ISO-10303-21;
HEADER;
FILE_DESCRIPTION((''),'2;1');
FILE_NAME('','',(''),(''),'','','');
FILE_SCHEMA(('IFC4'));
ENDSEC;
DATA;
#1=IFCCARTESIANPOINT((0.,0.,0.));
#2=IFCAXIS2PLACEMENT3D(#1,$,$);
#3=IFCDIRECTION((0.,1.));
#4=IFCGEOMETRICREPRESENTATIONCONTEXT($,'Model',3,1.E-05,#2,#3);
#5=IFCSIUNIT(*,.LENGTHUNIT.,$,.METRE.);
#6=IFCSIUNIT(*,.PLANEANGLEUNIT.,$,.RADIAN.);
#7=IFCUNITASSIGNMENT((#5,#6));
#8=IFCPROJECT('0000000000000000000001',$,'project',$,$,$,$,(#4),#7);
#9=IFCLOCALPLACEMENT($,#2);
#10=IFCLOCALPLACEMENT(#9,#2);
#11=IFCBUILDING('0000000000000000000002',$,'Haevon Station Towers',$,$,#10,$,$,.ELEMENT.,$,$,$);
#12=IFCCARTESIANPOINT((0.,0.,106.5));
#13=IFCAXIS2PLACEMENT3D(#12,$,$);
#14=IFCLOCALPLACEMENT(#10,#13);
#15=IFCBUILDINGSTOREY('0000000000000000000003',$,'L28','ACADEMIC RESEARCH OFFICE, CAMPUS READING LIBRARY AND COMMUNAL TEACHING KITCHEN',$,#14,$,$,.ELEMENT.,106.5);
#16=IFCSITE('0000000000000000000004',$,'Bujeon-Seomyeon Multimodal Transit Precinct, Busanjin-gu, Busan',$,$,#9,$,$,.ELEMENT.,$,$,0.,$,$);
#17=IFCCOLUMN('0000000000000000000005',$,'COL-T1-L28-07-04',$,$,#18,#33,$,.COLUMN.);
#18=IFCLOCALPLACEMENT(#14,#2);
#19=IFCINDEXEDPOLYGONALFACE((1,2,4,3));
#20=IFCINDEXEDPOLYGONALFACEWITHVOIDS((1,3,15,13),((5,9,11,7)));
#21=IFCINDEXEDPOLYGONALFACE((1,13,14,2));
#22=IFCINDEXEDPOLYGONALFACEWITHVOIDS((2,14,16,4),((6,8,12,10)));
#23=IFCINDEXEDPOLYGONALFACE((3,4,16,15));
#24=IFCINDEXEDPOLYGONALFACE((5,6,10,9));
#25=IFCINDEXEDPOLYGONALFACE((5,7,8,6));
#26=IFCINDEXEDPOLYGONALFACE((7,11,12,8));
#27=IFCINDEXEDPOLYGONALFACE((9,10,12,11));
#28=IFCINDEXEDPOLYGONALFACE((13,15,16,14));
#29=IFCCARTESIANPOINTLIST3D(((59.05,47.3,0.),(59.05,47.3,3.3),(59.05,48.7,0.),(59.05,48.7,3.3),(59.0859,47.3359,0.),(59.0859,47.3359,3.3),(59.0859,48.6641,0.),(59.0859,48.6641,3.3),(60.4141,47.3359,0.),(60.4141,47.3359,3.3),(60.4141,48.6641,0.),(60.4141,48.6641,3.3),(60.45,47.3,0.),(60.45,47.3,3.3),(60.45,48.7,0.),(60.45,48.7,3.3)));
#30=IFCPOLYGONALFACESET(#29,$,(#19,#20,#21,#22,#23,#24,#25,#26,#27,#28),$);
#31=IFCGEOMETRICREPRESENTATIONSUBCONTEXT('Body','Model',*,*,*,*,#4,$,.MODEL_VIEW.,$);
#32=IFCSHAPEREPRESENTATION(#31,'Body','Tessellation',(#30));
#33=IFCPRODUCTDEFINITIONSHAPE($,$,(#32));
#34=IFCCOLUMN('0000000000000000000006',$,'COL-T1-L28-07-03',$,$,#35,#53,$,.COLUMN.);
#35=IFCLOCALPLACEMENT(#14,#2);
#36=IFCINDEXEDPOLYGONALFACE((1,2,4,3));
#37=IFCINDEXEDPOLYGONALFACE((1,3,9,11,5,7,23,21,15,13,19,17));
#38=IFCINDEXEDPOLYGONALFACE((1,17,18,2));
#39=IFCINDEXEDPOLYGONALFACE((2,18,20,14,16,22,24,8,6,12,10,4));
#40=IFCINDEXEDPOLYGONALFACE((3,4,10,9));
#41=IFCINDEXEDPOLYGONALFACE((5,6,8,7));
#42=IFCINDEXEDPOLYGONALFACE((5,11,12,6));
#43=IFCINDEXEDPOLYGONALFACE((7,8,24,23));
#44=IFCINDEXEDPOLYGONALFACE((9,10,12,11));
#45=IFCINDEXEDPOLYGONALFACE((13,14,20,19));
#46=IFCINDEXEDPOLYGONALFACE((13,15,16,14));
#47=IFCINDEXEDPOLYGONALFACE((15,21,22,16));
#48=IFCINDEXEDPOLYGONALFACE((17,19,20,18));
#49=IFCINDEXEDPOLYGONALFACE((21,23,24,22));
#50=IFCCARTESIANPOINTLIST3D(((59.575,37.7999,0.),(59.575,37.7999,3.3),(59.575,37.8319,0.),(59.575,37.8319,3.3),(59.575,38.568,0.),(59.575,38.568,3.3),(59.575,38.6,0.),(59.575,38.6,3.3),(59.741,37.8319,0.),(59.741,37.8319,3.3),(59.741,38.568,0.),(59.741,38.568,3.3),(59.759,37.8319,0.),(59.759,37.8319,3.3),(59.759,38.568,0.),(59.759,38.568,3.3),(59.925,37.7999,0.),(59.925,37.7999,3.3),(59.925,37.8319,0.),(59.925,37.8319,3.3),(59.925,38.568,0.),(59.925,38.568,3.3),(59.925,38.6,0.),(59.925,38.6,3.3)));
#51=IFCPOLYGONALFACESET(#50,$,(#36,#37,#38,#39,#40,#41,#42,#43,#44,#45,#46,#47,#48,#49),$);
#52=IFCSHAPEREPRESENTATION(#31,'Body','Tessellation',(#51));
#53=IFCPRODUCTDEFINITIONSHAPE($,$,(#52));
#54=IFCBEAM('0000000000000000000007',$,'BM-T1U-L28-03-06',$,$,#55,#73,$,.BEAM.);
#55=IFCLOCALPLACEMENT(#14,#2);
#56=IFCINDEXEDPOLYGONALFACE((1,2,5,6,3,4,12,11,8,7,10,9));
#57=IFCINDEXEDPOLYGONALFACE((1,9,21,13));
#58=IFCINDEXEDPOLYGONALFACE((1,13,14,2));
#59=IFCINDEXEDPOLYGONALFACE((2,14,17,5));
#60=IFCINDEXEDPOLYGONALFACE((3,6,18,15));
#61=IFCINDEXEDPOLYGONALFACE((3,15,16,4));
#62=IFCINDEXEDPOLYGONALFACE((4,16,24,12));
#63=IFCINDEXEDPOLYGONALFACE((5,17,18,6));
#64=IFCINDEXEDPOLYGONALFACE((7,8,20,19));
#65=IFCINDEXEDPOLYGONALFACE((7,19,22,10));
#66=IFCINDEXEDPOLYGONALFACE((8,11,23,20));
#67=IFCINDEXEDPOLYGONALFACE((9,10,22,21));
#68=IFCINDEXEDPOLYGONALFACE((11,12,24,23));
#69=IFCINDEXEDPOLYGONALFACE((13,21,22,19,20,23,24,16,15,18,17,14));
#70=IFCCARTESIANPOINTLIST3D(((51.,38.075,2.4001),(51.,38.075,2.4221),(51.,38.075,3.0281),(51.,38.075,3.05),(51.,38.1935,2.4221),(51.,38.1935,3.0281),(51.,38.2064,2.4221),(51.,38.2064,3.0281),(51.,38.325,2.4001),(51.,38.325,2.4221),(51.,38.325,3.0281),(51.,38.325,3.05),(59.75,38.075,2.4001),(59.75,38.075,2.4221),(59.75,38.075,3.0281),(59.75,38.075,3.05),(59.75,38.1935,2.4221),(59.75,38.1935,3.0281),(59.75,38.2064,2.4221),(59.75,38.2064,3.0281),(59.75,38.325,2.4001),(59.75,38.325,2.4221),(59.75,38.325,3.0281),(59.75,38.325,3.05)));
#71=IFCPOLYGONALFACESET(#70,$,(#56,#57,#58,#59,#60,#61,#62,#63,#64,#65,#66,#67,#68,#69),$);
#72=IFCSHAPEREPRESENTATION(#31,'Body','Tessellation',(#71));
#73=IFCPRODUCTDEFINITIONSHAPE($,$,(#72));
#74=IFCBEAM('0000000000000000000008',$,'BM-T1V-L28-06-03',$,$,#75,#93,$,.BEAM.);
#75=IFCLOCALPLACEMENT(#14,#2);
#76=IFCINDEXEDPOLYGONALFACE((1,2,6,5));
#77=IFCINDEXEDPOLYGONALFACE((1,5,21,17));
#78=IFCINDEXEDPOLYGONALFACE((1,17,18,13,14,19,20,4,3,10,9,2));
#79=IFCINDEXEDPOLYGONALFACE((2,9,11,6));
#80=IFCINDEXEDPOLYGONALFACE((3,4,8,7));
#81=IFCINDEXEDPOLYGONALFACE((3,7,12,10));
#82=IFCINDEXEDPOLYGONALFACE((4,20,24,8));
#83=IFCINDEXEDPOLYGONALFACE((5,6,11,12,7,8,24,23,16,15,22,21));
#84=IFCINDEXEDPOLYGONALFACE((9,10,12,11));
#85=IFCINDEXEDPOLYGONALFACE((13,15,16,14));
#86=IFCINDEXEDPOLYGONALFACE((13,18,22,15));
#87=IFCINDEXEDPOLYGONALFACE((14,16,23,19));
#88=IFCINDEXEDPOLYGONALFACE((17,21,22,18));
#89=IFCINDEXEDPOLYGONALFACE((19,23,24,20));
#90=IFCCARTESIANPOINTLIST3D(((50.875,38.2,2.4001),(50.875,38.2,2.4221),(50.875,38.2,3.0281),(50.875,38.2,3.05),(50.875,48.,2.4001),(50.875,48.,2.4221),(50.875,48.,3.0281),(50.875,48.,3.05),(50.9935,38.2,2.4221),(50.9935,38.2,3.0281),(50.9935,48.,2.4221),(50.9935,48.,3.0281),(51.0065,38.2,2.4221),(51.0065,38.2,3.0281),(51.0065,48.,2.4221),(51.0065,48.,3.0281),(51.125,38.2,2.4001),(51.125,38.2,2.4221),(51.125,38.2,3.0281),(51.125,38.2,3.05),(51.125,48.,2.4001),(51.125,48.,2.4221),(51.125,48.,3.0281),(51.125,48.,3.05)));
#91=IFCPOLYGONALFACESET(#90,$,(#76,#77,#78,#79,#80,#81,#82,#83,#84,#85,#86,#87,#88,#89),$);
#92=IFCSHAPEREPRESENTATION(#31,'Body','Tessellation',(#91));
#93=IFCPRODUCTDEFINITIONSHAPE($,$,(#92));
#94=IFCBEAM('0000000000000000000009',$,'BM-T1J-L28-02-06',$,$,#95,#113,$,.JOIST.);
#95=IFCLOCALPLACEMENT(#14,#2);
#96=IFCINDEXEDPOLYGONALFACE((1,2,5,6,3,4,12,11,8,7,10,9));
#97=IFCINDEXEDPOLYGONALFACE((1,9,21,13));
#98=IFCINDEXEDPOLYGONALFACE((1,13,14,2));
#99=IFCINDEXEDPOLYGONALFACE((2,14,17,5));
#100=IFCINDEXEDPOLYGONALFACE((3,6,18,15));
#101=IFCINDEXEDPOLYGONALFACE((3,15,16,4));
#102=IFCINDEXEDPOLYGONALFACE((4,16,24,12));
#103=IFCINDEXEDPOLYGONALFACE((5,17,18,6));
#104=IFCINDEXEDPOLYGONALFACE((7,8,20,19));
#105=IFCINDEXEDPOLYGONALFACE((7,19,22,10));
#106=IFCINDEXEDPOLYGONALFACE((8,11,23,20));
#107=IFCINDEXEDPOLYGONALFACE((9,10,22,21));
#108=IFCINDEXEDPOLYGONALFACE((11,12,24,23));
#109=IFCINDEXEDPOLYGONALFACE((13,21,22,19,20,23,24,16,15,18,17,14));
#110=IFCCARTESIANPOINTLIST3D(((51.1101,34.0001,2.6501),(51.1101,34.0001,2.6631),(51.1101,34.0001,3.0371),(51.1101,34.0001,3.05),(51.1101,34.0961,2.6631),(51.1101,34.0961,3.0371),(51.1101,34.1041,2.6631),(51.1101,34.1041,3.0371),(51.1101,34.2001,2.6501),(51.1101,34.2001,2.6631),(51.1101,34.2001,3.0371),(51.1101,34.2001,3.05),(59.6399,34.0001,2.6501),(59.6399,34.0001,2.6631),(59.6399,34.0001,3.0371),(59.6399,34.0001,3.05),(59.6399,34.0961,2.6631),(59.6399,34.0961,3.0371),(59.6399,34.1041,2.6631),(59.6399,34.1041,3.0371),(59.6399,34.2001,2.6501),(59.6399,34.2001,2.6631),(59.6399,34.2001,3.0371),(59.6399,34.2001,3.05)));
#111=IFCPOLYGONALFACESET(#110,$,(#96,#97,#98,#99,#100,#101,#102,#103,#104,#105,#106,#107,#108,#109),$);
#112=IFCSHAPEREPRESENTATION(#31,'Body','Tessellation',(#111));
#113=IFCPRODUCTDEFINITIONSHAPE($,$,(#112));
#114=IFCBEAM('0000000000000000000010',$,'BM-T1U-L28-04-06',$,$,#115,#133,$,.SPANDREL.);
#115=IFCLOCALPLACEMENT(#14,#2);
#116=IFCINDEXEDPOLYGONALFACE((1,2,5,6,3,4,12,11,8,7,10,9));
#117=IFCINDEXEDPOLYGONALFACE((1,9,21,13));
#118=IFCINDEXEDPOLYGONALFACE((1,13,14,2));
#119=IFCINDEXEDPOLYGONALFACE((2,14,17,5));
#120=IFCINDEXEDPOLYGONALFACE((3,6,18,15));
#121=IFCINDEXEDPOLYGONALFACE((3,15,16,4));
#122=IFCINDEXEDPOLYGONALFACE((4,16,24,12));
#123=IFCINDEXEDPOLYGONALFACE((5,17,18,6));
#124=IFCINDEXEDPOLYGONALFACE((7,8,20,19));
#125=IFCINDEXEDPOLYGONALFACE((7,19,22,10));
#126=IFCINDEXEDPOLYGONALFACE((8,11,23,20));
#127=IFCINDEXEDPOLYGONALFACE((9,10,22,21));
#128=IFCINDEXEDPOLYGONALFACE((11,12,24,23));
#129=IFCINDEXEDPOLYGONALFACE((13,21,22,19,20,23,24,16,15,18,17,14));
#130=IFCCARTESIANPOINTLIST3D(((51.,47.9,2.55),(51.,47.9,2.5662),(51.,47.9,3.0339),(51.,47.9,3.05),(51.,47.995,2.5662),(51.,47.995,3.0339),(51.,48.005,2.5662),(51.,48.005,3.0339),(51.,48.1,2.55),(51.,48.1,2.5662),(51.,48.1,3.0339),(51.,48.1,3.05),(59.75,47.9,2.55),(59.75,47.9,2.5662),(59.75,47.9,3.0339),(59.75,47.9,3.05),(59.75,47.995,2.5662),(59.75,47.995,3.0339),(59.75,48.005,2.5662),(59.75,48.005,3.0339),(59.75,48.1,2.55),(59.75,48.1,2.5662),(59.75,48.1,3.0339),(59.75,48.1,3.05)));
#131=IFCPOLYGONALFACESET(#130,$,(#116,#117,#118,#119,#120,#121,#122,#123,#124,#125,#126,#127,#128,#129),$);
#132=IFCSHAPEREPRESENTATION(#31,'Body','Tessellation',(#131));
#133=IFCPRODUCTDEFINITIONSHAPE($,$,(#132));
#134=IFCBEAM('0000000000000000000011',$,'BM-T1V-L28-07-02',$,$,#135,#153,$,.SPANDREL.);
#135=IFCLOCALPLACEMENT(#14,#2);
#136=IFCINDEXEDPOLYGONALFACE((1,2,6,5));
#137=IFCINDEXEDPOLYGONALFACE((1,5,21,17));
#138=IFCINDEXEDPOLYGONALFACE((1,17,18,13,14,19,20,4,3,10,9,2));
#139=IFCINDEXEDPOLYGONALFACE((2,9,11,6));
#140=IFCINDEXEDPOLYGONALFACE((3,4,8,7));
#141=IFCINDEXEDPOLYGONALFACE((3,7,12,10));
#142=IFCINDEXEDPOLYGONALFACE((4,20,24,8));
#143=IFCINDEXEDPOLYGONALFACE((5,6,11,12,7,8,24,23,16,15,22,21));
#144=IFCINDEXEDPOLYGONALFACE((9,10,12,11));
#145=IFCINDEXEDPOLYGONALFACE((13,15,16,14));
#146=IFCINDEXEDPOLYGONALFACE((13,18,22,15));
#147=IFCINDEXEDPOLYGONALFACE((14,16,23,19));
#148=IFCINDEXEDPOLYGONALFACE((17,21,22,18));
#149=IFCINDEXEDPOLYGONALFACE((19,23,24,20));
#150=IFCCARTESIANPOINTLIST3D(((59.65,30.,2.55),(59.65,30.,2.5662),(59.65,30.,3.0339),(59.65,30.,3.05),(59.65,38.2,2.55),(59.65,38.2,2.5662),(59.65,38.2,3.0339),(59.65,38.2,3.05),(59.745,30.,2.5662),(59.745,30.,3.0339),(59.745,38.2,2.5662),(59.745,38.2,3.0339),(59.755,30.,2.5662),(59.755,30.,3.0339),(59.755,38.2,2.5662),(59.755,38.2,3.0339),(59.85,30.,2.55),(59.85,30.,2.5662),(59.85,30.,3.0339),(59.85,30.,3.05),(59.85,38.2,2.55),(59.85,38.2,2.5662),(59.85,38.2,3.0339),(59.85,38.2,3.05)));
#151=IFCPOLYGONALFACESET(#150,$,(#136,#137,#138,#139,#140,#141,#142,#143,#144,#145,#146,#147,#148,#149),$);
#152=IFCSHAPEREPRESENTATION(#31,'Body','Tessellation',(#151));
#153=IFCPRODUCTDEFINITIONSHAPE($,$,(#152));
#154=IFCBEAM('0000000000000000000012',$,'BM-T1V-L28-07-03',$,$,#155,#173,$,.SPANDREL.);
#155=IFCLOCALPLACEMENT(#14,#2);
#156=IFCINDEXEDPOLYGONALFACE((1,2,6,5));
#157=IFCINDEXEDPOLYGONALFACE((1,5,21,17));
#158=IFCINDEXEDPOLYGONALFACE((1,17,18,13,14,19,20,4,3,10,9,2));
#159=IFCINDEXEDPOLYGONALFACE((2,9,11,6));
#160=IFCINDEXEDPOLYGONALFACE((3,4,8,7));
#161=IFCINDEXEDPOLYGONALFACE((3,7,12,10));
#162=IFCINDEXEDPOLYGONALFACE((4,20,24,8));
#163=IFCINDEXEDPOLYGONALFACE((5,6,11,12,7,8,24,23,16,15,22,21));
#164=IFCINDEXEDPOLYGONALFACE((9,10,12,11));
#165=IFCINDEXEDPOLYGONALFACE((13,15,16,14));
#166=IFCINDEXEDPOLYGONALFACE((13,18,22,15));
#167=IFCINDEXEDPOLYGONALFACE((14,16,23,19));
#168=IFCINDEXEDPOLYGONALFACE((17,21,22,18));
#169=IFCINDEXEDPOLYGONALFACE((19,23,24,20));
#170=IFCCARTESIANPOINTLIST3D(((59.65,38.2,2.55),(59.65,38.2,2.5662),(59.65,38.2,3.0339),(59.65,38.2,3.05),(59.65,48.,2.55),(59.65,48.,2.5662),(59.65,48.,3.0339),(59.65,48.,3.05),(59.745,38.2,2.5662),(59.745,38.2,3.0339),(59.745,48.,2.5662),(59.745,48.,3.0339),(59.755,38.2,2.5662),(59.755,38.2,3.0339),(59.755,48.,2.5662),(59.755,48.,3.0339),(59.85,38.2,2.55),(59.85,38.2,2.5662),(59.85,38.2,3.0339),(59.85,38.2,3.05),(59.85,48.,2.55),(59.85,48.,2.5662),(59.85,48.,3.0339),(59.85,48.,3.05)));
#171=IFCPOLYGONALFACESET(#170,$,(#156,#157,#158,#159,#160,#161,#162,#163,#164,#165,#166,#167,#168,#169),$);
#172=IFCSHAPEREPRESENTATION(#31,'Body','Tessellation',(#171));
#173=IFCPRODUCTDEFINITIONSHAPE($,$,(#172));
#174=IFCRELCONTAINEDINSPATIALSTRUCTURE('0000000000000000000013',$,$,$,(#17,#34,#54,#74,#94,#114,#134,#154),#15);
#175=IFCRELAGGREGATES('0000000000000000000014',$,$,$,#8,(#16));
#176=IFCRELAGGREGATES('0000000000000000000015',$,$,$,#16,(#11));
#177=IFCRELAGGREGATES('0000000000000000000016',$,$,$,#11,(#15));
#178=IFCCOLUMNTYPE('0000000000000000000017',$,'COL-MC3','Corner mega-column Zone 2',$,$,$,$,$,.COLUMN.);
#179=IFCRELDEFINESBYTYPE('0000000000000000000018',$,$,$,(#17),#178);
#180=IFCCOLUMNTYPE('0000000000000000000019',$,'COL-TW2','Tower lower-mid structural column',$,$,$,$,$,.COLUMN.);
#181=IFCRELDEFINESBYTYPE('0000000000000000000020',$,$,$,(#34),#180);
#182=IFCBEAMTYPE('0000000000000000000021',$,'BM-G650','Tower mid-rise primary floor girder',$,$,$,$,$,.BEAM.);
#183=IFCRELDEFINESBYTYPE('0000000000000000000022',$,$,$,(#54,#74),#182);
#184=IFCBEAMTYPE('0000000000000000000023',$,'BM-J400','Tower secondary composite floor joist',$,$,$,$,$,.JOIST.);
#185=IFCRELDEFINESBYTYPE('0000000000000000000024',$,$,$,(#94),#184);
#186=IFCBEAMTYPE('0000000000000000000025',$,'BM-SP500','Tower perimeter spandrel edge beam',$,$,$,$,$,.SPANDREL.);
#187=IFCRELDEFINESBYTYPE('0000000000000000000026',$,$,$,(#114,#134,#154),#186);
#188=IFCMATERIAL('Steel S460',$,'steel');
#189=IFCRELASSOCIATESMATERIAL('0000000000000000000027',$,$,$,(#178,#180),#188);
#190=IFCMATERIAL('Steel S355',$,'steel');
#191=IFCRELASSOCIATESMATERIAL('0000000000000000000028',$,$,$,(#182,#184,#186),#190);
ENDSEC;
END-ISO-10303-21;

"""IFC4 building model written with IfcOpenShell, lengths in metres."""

from ifc_helpers import new_model, si_unit, direction, frame, origin, origin_2d, place, context, subcontext, project, spatial, hollow_rectangle, i_section, extrude, material, material_profile, profile_set, type_object, element, save


model = new_model("IFC4")

# Units and contexts
model_context = context("Model", 3, precision=1e-05, world=origin(), true_north=direction((0.0, 1.0)))
body_context = subcontext(model_context, "Body", "Model", "MODEL_VIEW")
ifc_project = project(units=[si_unit("LENGTHUNIT", "METRE"), si_unit("PLANEANGLEUNIT", "RADIAN")], contexts=[model_context])

# Site, building, storey
site_placement = place(None, origin())
site = spatial("IfcSite", under=ifc_project, at=site_placement, Name="Bujeon-Seomyeon Multimodal Transit Precinct, Busanjin-gu, Busan", CompositionType="ELEMENT", RefElevation=0.0)
building_placement = place(site_placement, origin())
building = spatial("IfcBuilding", under=site, at=building_placement, Name="Haevon Station Towers", CompositionType="ELEMENT")
storey_placement = place(building_placement, frame((0.0, 0.0, 106.5)))
storey = spatial("IfcBuildingStorey", under=building, at=storey_placement, Name="L28", Description="ACADEMIC RESEARCH OFFICE, CAMPUS READING LIBRARY AND COMMUNAL TEACHING KITCHEN", CompositionType="ELEMENT", Elevation=106.5)

# Columns
ifc_material_1 = material(Name="Steel S460", Category="steel")
ifc_material_profile_1 = material_profile(ifc_material_1, hollow_rectangle(XDim=1.3999, YDim=1.3999, WallThickness=0.0359, at=origin_2d()), Name="BOX-1400x1400x36")
ifc_profile_set_1 = profile_set([ifc_material_profile_1], Name="Steel S460")
column_type_1 = type_object("IfcColumnType", Name="COL-MC3", Description="Corner mega-column Zone 2", PredefinedType="COLUMN", material=ifc_profile_set_1)
column_1_placement = place(storey_placement, frame((59.75, 48.0, 0.0), z_axis=(0.0, 0.0, 1.0), x_axis=(1.0, 0.0, 0.0)))
element("IfcColumn", 1, at=column_1_placement, inside=storey, type_object=column_type_1, Name="COL-T1-L28-07-04", PredefinedType="COLUMN", context=body_context, shape_type="SweptSolid", body=[
    extrude(hollow_rectangle(XDim=1.3999, YDim=1.3999, WallThickness=0.0359, at=origin_2d()), origin(), (0.0, 0.0, 1.0), 3.3),
])
ifc_material_profile_2 = material_profile(ifc_material_1, i_section(OverallWidth=0.3501, OverallDepth=0.8, WebThickness=0.0181, FlangeThickness=0.032, at=origin_2d()), Name="H-800x350x18x32")
ifc_profile_set_2 = profile_set([ifc_material_profile_2], Name="Steel S460")
column_type_2 = type_object("IfcColumnType", Name="COL-TW2", Description="Tower lower-mid structural column", PredefinedType="COLUMN", material=ifc_profile_set_2)
column_2_placement = place(storey_placement, frame((59.75, 38.2, 0.0), z_axis=(0.0, 0.0, 1.0), x_axis=(1.0, 0.0, 0.0)))
element("IfcColumn", 2, at=column_2_placement, inside=storey, type_object=column_type_2, Name="COL-T1-L28-07-03", PredefinedType="COLUMN", context=body_context, shape_type="SweptSolid", body=[
    extrude(i_section(OverallWidth=0.3501, OverallDepth=0.8, WebThickness=0.0181, FlangeThickness=0.032, at=origin_2d()), origin(), (0.0, 0.0, 1.0), 3.3),
])

# Beams
ifc_material_2 = material(Name="Steel S355", Category="steel")
ifc_material_profile_3 = material_profile(ifc_material_2, i_section(OverallWidth=0.25, OverallDepth=0.6499, WebThickness=0.0129, FlangeThickness=0.022, at=origin_2d()), Name="H-650x250x13x22")
ifc_profile_set_3 = profile_set([ifc_material_profile_3], Name="Steel S355")
beam_type_1 = type_object("IfcBeamType", Name="BM-G650", Description="Tower mid-rise primary floor girder", PredefinedType="BEAM", material=ifc_profile_set_3)
beam_1_placement = place(storey_placement, frame((51.0, 38.2, 2.7251), z_axis=(1.0, 0.0, 0.0), x_axis=(0.0, 1.0, 0.0)))
element("IfcBeam", 3, at=beam_1_placement, inside=storey, type_object=beam_type_1, Name="BM-T1U-L28-03-06", PredefinedType="BEAM", context=body_context, shape_type="SweptSolid", body=[
    extrude(i_section(OverallWidth=0.25, OverallDepth=0.6499, WebThickness=0.0129, FlangeThickness=0.022, at=origin_2d()), origin(), (0.0, 0.0, 1.0), 8.75),
])
beam_2_placement = place(storey_placement, frame((51.0, 38.2, 2.7251), z_axis=(0.0, 1.0, 0.0), x_axis=(-1.0, 0.0, 0.0)))
element("IfcBeam", 4, at=beam_2_placement, inside=storey, type_object=beam_type_1, Name="BM-T1V-L28-06-03", PredefinedType="BEAM", context=body_context, shape_type="SweptSolid", body=[
    extrude(i_section(OverallWidth=0.25, OverallDepth=0.6499, WebThickness=0.0129, FlangeThickness=0.022, at=origin_2d()), origin(), (0.0, 0.0, 1.0), 9.8),
])
ifc_material_profile_4 = material_profile(ifc_material_2, i_section(OverallWidth=0.2, OverallDepth=0.3999, WebThickness=0.0081, FlangeThickness=0.0129, at=origin_2d()), Name="H-400x200x8x13")
ifc_profile_set_4 = profile_set([ifc_material_profile_4], Name="Steel S355")
beam_type_2 = type_object("IfcBeamType", Name="BM-J400", Description="Tower secondary composite floor joist", PredefinedType="JOIST", material=ifc_profile_set_4)
beam_3_placement = place(storey_placement, frame((51.1101, 34.1001, 2.8501), z_axis=(1.0, 0.0, 0.0), x_axis=(0.0, 1.0, 0.0)))
element("IfcBeam", 5, at=beam_3_placement, inside=storey, type_object=beam_type_2, Name="BM-T1J-L28-02-06", PredefinedType="JOIST", context=body_context, shape_type="SweptSolid", body=[
    extrude(i_section(OverallWidth=0.2, OverallDepth=0.3999, WebThickness=0.0081, FlangeThickness=0.0129, at=origin_2d()), origin(), (0.0, 0.0, 1.0), 8.5298),
])
ifc_material_profile_5 = material_profile(ifc_material_2, i_section(OverallWidth=0.2, OverallDepth=0.5, WebThickness=0.01, FlangeThickness=0.0161, at=origin_2d()), Name="H-500x200x10x16")
ifc_profile_set_5 = profile_set([ifc_material_profile_5], Name="Steel S355")
beam_type_3 = type_object("IfcBeamType", Name="BM-SP500", Description="Tower perimeter spandrel edge beam", PredefinedType="SPANDREL", material=ifc_profile_set_5)
beam_4_placement = place(storey_placement, frame((51.0, 48.0, 2.8), z_axis=(1.0, 0.0, 0.0), x_axis=(0.0, 1.0, 0.0)))
element("IfcBeam", 6, at=beam_4_placement, inside=storey, type_object=beam_type_3, Name="BM-T1U-L28-04-06", PredefinedType="SPANDREL", context=body_context, shape_type="SweptSolid", body=[
    extrude(i_section(OverallWidth=0.2, OverallDepth=0.5, WebThickness=0.01, FlangeThickness=0.0161, at=origin_2d()), origin(), (0.0, 0.0, 1.0), 8.75),
])
beam_5_placement = place(storey_placement, frame((59.75, 30.0, 2.8), z_axis=(0.0, 1.0, 0.0), x_axis=(-1.0, 0.0, 0.0)))
element("IfcBeam", 7, at=beam_5_placement, inside=storey, type_object=beam_type_3, Name="BM-T1V-L28-07-02", PredefinedType="SPANDREL", context=body_context, shape_type="SweptSolid", body=[
    extrude(i_section(OverallWidth=0.2, OverallDepth=0.5, WebThickness=0.01, FlangeThickness=0.0161, at=origin_2d()), origin(), (0.0, 0.0, 1.0), 8.2),
])
beam_6_placement = place(storey_placement, frame((59.75, 38.2, 2.8), z_axis=(0.0, 1.0, 0.0), x_axis=(-1.0, 0.0, 0.0)))
element("IfcBeam", 8, at=beam_6_placement, inside=storey, type_object=beam_type_3, Name="BM-T1V-L28-07-03", PredefinedType="SPANDREL", context=body_context, shape_type="SweptSolid", body=[
    extrude(i_section(OverallWidth=0.2, OverallDepth=0.5, WebThickness=0.01, FlangeThickness=0.0161, at=origin_2d()), origin(), (0.0, 0.0, 1.0), 9.8),
])

save(model, "model.ifc")
